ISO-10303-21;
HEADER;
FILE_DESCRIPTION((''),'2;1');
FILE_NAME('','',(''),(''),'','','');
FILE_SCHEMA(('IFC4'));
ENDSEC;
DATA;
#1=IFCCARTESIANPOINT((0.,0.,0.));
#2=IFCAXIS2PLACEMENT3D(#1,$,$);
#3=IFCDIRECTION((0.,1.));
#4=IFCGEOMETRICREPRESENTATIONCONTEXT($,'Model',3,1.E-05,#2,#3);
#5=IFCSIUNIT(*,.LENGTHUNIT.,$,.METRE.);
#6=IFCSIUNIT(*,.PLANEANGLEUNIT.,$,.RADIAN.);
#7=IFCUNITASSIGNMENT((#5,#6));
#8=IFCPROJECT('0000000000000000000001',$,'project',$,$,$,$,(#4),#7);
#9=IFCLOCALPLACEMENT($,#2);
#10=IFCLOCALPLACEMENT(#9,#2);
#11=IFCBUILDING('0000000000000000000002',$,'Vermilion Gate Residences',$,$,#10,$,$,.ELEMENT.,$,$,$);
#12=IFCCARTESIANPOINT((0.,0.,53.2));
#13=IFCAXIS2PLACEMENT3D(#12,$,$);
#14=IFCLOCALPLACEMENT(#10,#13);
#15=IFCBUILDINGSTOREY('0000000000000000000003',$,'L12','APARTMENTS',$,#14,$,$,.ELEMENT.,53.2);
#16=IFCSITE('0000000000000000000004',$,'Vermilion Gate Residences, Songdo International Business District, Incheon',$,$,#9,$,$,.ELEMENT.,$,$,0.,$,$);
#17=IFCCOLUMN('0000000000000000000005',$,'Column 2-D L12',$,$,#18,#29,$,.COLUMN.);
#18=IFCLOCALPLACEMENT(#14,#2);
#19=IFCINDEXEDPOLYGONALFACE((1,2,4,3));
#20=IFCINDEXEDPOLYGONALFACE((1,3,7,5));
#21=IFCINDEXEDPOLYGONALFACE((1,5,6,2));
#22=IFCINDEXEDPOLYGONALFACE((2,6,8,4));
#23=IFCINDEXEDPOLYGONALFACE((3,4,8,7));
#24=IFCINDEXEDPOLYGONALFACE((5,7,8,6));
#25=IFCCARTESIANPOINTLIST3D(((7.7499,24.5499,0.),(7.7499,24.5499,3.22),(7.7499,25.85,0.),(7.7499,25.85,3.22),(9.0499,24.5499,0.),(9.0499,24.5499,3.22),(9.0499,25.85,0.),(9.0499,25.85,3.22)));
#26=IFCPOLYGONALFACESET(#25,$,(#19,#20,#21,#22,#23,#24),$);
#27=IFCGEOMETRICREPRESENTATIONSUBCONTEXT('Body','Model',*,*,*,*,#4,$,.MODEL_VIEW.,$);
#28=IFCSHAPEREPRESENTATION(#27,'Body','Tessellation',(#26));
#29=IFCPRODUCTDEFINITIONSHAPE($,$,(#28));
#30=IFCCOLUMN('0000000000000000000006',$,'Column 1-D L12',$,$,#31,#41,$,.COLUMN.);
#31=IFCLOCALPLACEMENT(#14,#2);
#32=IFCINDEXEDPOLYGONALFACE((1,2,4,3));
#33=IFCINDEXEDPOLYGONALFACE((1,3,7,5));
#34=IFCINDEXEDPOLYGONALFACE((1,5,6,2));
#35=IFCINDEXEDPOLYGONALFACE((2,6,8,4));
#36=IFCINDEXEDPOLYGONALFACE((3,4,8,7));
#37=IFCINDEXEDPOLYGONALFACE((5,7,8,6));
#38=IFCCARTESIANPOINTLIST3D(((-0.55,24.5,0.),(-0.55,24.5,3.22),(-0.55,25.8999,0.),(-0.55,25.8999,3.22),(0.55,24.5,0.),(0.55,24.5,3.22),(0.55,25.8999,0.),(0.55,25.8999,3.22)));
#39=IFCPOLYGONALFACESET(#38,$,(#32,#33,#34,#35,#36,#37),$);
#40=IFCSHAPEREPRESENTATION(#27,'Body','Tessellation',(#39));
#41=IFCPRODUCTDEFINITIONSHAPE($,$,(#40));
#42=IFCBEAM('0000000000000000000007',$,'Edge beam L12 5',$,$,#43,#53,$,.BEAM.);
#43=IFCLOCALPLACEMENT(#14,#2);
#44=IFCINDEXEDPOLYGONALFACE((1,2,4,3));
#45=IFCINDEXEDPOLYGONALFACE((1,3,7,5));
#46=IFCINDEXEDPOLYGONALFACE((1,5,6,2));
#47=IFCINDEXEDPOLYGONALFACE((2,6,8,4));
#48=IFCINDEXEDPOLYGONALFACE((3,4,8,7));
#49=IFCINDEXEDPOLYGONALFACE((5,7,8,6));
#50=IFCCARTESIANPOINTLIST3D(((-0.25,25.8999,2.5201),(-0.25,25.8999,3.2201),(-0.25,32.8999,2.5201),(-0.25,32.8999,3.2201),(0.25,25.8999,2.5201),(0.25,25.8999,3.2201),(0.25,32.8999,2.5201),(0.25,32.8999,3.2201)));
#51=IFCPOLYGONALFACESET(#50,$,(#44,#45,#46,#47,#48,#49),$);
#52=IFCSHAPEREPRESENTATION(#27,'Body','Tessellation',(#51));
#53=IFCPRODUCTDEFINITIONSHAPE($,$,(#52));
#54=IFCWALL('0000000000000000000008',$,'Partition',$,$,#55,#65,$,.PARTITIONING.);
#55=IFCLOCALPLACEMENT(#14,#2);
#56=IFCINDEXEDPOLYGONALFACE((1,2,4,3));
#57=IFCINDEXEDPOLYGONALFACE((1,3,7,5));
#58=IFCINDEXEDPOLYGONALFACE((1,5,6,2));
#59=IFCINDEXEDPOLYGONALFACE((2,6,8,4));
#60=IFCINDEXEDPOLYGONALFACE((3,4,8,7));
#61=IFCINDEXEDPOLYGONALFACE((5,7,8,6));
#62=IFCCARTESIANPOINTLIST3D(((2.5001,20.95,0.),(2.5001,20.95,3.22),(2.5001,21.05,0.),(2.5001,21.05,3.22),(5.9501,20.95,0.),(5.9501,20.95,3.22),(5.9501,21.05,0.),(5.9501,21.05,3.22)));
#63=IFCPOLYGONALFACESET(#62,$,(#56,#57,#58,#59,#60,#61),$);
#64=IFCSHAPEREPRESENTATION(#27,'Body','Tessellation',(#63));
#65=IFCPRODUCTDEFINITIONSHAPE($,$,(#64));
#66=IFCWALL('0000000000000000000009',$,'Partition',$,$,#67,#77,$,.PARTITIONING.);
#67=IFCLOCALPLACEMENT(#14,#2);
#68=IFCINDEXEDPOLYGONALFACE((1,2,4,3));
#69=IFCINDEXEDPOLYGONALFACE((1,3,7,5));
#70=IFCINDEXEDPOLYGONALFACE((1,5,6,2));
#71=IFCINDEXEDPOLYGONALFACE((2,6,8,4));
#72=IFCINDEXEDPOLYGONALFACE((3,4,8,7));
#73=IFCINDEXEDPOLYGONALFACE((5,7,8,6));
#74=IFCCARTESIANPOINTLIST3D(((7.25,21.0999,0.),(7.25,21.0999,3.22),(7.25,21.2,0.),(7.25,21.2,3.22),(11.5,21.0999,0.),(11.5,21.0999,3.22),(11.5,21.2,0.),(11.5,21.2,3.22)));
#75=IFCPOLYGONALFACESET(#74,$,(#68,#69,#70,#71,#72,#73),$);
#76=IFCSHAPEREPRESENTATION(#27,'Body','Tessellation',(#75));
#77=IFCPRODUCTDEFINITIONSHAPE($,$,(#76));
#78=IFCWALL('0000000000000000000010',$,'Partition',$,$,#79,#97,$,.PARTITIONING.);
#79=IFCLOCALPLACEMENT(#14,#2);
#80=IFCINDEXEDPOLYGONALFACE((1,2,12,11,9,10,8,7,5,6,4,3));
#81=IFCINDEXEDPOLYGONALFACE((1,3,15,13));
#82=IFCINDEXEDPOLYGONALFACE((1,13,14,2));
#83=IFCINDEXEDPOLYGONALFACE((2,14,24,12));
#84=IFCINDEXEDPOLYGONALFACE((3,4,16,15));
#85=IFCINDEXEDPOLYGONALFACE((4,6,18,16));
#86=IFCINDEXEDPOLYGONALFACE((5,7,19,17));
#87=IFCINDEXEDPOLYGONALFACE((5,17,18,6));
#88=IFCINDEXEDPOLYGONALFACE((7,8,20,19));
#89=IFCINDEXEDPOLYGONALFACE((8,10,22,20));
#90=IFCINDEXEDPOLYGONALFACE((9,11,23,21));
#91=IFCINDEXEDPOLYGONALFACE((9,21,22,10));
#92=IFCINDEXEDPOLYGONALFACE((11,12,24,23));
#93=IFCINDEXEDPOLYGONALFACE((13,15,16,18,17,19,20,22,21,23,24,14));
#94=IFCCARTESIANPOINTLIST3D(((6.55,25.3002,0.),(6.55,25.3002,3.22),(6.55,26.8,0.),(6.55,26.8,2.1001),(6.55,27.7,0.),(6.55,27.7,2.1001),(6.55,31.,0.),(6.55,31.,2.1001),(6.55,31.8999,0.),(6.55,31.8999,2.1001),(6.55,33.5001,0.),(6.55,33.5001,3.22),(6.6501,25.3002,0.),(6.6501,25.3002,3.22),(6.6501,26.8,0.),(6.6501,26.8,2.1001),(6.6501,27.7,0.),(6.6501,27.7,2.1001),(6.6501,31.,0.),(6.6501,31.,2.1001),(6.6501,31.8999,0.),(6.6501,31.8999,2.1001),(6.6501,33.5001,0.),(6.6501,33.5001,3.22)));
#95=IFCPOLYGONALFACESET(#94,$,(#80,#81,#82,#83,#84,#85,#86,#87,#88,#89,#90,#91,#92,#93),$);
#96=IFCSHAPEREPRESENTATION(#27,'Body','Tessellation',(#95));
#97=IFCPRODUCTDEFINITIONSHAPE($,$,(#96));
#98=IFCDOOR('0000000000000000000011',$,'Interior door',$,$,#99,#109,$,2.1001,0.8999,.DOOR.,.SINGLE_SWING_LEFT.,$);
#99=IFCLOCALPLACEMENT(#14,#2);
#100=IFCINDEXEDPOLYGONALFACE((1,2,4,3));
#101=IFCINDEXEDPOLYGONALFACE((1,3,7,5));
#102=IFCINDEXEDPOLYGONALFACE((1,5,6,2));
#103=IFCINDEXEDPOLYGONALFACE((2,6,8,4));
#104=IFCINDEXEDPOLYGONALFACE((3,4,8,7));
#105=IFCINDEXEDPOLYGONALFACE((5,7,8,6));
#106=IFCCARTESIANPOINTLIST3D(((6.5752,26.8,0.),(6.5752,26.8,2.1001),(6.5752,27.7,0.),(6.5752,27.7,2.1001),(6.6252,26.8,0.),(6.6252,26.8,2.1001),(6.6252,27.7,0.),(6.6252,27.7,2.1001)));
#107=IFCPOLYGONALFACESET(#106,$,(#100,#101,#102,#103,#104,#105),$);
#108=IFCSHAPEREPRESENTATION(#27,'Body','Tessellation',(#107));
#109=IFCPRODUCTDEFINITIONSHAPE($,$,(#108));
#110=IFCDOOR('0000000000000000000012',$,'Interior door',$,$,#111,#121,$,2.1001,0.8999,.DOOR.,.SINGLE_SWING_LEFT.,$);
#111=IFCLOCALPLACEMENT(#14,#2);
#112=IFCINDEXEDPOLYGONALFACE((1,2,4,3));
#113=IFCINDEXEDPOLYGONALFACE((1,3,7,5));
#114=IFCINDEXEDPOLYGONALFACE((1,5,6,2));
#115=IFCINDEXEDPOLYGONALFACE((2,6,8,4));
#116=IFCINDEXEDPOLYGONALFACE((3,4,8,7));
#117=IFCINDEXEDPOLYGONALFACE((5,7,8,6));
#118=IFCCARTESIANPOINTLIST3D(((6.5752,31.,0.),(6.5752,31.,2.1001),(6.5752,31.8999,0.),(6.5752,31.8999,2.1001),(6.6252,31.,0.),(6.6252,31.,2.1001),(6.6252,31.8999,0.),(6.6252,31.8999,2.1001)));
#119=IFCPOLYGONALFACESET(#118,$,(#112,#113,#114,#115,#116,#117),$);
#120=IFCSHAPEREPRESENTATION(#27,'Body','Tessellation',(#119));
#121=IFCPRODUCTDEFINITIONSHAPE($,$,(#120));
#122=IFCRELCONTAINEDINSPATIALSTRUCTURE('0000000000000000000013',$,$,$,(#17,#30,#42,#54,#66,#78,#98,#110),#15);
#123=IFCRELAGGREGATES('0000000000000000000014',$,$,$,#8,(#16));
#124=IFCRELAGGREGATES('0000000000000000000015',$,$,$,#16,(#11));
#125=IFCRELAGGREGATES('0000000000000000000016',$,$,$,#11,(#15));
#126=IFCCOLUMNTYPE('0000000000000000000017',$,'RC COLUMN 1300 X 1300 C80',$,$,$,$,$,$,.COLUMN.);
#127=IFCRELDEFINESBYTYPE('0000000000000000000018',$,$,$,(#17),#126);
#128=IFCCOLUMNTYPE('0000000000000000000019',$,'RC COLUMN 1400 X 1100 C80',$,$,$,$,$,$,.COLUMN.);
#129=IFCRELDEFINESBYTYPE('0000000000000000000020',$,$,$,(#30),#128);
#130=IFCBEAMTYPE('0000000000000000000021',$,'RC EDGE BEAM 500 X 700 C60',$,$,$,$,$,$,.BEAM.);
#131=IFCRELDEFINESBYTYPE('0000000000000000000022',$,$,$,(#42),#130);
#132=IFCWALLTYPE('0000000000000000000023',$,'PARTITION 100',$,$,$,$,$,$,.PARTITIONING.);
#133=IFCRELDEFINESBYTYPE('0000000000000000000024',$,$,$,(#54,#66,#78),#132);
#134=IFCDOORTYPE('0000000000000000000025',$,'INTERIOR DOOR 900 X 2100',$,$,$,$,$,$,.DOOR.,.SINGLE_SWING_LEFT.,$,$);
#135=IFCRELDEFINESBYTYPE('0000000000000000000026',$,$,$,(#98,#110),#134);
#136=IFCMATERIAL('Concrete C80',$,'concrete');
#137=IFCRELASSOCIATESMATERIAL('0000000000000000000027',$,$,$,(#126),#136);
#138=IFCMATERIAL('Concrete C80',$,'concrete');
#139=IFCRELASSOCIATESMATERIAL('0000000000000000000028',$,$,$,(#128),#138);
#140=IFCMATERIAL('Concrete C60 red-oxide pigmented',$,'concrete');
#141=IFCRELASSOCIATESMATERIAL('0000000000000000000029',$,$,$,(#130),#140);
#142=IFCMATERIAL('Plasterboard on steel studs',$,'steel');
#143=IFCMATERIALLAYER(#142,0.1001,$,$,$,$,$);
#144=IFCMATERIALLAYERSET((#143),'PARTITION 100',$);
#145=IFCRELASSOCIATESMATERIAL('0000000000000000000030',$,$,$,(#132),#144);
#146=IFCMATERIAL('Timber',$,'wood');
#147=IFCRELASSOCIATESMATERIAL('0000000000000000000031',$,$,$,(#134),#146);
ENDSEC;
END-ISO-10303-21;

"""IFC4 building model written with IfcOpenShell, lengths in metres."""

from ifc_helpers import new_model, si_unit, direction, frame, frame_2d, origin, origin_2d, place, context, subcontext, project, spatial, rectangle, extrude, material, layer, layer_set, material_profile, profile_set, type_object, element, fill, save


model = new_model("IFC4")

# Units and contexts
model_context = context("Model", 3, precision=1e-05, world=origin(), true_north=direction((0.0, 1.0)))
body_context = subcontext(model_context, "Body", "Model", "MODEL_VIEW")
ifc_project = project(units=[si_unit("LENGTHUNIT", "METRE"), si_unit("PLANEANGLEUNIT", "RADIAN")], contexts=[model_context])

# Site, building, storey
site_placement = place(None, origin())
site = spatial("IfcSite", under=ifc_project, at=site_placement, Name="Vermilion Gate Residences, Songdo International Business District, Incheon", CompositionType="ELEMENT", RefElevation=0.0)
building_placement = place(site_placement, origin())
building = spatial("IfcBuilding", under=site, at=building_placement, Name="Vermilion Gate Residences", CompositionType="ELEMENT")
storey_placement = place(building_placement, frame((0.0, 0.0, 53.2)))
storey = spatial("IfcBuildingStorey", under=building, at=storey_placement, Name="L12", Description="APARTMENTS", CompositionType="ELEMENT", Elevation=53.2)

# Columns
ifc_material_1 = material(Name="Concrete C80", Category="concrete")
ifc_material_profile_1 = material_profile(ifc_material_1, rectangle(XDim=1.3, YDim=1.3, at=origin_2d()), Name="RC-1300x1300")
ifc_profile_set_1 = profile_set([ifc_material_profile_1], Name="Concrete C80")
column_type_1 = type_object("IfcColumnType", Name="RC COLUMN 1300 X 1300 C80", PredefinedType="COLUMN", material=ifc_profile_set_1)
column_1_placement = place(storey_placement, frame((8.3999, 25.2, 0.0), z_axis=(0.0, 0.0, 1.0), x_axis=(1.0, 0.0, 0.0)))
element("IfcColumn", 1, at=column_1_placement, inside=storey, type_object=column_type_1, Name="Column 2-D L12", PredefinedType="COLUMN", context=body_context, shape_type="SweptSolid", body=[
    extrude(rectangle(XDim=1.3, YDim=1.3, at=origin_2d()), origin(), (0.0, 0.0, 1.0), 3.22),
])
ifc_material_2 = material(Name="Concrete C80", Category="concrete")
ifc_material_profile_2 = material_profile(ifc_material_2, rectangle(XDim=1.3999, YDim=1.1001, at=origin_2d()), Name="RC-1400x1100")
ifc_profile_set_2 = profile_set([ifc_material_profile_2], Name="Concrete C80")
column_type_2 = type_object("IfcColumnType", Name="RC COLUMN 1400 X 1100 C80", PredefinedType="COLUMN", material=ifc_profile_set_2)
column_2_placement = place(storey_placement, frame((0.0, 25.2, 0.0), z_axis=(0.0, 0.0, 1.0), x_axis=(0.0, 1.0, 0.0)))
element("IfcColumn", 2, at=column_2_placement, inside=storey, type_object=column_type_2, Name="Column 1-D L12", PredefinedType="COLUMN", context=body_context, shape_type="SweptSolid", body=[
    extrude(rectangle(XDim=1.3999, YDim=1.1001, at=origin_2d()), origin(), (0.0, 0.0, 1.0), 3.22),
])

# Beam
ifc_material_3 = material(Name="Concrete C60 red-oxide pigmented", Category="concrete")
ifc_material_profile_3 = material_profile(ifc_material_3, rectangle(XDim=0.5, YDim=0.7, at=origin_2d()), Name="RC-500x700")
ifc_profile_set_3 = profile_set([ifc_material_profile_3], Name="Concrete C60 red-oxide pigmented")
beam_type = type_object("IfcBeamType", Name="RC EDGE BEAM 500 X 700 C60", PredefinedType="BEAM", material=ifc_profile_set_3)
beam_placement = place(storey_placement, frame((0.0, 25.8999, 2.8701), z_axis=(0.0, 1.0, 0.0), x_axis=(-1.0, 0.0, 0.0)))
element("IfcBeam", 3, at=beam_placement, inside=storey, type_object=beam_type, Name="Edge beam L12 5", PredefinedType="BEAM", context=body_context, shape_type="SweptSolid", body=[
    extrude(rectangle(XDim=0.5, YDim=0.7, at=origin_2d()), origin(), (0.0, 0.0, 1.0), 7.0),
])

# Walls
ifc_material_4 = material(Name="Plasterboard on steel studs", Category="steel")
ifc_layer_1 = layer(ifc_material_4, 0.1001)
ifc_layer_set_1 = layer_set([ifc_layer_1], Name="PARTITION 100")
wall_type_1 = type_object("IfcWallType", Name="PARTITION 100", PredefinedType="PARTITIONING", material=ifc_layer_set_1)
wall_1_placement = place(storey_placement, frame((2.5, 21.0, 0.0), z_axis=(0.0, 0.0, 1.0), x_axis=(1.0, 0.0, 0.0)))
element("IfcWall", 4, at=wall_1_placement, inside=storey, type_object=wall_type_1, Name="Partition", PredefinedType="PARTITIONING", context=body_context, shape_type="SweptSolid", body=[
    extrude(rectangle(XDim=3.45, YDim=0.1001, at=frame_2d((1.7251, 0.0))), origin(), (0.0, 0.0, 1.0), 3.22),
])
wall_2_placement = place(storey_placement, frame((7.25, 21.1499, 0.0), z_axis=(0.0, 0.0, 1.0), x_axis=(1.0, 0.0, 0.0)))
element("IfcWall", 5, at=wall_2_placement, inside=storey, type_object=wall_type_1, Name="Partition", PredefinedType="PARTITIONING", context=body_context, shape_type="SweptSolid", body=[
    extrude(rectangle(XDim=4.25, YDim=0.1001, at=frame_2d((2.125, 0.0))), origin(), (0.0, 0.0, 1.0), 3.22),
])

# Wall, openings, doors
wall_3_placement = place(storey_placement, frame((6.6001, 25.3, 0.0), z_axis=(0.0, 0.0, 1.0), x_axis=(0.0, 1.0, 0.0)))
wall_3 = element("IfcWall", 6, at=wall_3_placement, inside=storey, type_object=wall_type_1, Name="Partition", PredefinedType="PARTITIONING", context=body_context, shape_type="SweptSolid", body=[
    extrude(rectangle(XDim=8.2, YDim=0.1001, at=frame_2d((4.1001, 0.0))), origin(), (0.0, 0.0, 1.0), 3.22),
])
opening_1_placement = place(wall_3_placement, frame((1.5, 0.0, 0.0)))
opening_1 = element("IfcOpeningElement", 7, at=opening_1_placement, cuts=wall_3, PredefinedType="OPENING", context=body_context, shape_type="SweptSolid", body=[
    extrude(rectangle(XDim=0.8999, YDim=2.1001, at=frame_2d((0.45, 1.05))), frame((0.0, 0.0601, 0.0), z_axis=(0.0, -1.0, 0.0), x_axis=(1.0, 0.0, 0.0)), (0.0, 0.0, 1.0), 0.1201),
])
opening_2_placement = place(wall_3_placement, frame((5.7, 0.0, 0.0)))
opening_2 = element("IfcOpeningElement", 8, at=opening_2_placement, cuts=wall_3, PredefinedType="OPENING", context=body_context, shape_type="SweptSolid", body=[
    extrude(rectangle(XDim=0.8999, YDim=2.1001, at=frame_2d((0.45, 1.05))), frame((0.0, 0.0601, 0.0), z_axis=(0.0, -1.0, 0.0), x_axis=(1.0, 0.0, 0.0)), (0.0, 0.0, 1.0), 0.1201),
])
ifc_material_5 = material(Name="Timber", Category="wood")
door_type = type_object("IfcDoorType", Name="INTERIOR DOOR 900 X 2100", OperationType="SINGLE_SWING_LEFT", PredefinedType="DOOR", material=ifc_material_5)
door_1_placement = place(opening_1_placement, origin())
door_1 = element("IfcDoor", 9, at=door_1_placement, inside=storey, type_object=door_type, Name="Interior door", OperationType="SINGLE_SWING_LEFT", OverallHeight=2.1001, OverallWidth=0.8999, PredefinedType="DOOR", context=body_context, shape_type="SweptSolid", body=[
    extrude(rectangle(XDim=0.8999, YDim=2.1001, at=frame_2d((0.45, 1.05))), frame((0.0, 0.0249, 0.0), z_axis=(0.0, -1.0, 0.0), x_axis=(1.0, 0.0, 0.0)), (0.0, 0.0, 1.0), 0.05),
])
fill(opening_1, door_1)
door_2_placement = place(opening_2_placement, origin())
door_2 = element("IfcDoor", 10, at=door_2_placement, inside=storey, type_object=door_type, Name="Interior door", OperationType="SINGLE_SWING_LEFT", OverallHeight=2.1001, OverallWidth=0.8999, PredefinedType="DOOR", context=body_context, shape_type="SweptSolid", body=[
    extrude(rectangle(XDim=0.8999, YDim=2.1001, at=frame_2d((0.45, 1.05))), frame((0.0, 0.0249, 0.0), z_axis=(0.0, -1.0, 0.0), x_axis=(1.0, 0.0, 0.0)), (0.0, 0.0, 1.0), 0.05),
])
fill(opening_2, door_2)

save(model, "model.ifc")
